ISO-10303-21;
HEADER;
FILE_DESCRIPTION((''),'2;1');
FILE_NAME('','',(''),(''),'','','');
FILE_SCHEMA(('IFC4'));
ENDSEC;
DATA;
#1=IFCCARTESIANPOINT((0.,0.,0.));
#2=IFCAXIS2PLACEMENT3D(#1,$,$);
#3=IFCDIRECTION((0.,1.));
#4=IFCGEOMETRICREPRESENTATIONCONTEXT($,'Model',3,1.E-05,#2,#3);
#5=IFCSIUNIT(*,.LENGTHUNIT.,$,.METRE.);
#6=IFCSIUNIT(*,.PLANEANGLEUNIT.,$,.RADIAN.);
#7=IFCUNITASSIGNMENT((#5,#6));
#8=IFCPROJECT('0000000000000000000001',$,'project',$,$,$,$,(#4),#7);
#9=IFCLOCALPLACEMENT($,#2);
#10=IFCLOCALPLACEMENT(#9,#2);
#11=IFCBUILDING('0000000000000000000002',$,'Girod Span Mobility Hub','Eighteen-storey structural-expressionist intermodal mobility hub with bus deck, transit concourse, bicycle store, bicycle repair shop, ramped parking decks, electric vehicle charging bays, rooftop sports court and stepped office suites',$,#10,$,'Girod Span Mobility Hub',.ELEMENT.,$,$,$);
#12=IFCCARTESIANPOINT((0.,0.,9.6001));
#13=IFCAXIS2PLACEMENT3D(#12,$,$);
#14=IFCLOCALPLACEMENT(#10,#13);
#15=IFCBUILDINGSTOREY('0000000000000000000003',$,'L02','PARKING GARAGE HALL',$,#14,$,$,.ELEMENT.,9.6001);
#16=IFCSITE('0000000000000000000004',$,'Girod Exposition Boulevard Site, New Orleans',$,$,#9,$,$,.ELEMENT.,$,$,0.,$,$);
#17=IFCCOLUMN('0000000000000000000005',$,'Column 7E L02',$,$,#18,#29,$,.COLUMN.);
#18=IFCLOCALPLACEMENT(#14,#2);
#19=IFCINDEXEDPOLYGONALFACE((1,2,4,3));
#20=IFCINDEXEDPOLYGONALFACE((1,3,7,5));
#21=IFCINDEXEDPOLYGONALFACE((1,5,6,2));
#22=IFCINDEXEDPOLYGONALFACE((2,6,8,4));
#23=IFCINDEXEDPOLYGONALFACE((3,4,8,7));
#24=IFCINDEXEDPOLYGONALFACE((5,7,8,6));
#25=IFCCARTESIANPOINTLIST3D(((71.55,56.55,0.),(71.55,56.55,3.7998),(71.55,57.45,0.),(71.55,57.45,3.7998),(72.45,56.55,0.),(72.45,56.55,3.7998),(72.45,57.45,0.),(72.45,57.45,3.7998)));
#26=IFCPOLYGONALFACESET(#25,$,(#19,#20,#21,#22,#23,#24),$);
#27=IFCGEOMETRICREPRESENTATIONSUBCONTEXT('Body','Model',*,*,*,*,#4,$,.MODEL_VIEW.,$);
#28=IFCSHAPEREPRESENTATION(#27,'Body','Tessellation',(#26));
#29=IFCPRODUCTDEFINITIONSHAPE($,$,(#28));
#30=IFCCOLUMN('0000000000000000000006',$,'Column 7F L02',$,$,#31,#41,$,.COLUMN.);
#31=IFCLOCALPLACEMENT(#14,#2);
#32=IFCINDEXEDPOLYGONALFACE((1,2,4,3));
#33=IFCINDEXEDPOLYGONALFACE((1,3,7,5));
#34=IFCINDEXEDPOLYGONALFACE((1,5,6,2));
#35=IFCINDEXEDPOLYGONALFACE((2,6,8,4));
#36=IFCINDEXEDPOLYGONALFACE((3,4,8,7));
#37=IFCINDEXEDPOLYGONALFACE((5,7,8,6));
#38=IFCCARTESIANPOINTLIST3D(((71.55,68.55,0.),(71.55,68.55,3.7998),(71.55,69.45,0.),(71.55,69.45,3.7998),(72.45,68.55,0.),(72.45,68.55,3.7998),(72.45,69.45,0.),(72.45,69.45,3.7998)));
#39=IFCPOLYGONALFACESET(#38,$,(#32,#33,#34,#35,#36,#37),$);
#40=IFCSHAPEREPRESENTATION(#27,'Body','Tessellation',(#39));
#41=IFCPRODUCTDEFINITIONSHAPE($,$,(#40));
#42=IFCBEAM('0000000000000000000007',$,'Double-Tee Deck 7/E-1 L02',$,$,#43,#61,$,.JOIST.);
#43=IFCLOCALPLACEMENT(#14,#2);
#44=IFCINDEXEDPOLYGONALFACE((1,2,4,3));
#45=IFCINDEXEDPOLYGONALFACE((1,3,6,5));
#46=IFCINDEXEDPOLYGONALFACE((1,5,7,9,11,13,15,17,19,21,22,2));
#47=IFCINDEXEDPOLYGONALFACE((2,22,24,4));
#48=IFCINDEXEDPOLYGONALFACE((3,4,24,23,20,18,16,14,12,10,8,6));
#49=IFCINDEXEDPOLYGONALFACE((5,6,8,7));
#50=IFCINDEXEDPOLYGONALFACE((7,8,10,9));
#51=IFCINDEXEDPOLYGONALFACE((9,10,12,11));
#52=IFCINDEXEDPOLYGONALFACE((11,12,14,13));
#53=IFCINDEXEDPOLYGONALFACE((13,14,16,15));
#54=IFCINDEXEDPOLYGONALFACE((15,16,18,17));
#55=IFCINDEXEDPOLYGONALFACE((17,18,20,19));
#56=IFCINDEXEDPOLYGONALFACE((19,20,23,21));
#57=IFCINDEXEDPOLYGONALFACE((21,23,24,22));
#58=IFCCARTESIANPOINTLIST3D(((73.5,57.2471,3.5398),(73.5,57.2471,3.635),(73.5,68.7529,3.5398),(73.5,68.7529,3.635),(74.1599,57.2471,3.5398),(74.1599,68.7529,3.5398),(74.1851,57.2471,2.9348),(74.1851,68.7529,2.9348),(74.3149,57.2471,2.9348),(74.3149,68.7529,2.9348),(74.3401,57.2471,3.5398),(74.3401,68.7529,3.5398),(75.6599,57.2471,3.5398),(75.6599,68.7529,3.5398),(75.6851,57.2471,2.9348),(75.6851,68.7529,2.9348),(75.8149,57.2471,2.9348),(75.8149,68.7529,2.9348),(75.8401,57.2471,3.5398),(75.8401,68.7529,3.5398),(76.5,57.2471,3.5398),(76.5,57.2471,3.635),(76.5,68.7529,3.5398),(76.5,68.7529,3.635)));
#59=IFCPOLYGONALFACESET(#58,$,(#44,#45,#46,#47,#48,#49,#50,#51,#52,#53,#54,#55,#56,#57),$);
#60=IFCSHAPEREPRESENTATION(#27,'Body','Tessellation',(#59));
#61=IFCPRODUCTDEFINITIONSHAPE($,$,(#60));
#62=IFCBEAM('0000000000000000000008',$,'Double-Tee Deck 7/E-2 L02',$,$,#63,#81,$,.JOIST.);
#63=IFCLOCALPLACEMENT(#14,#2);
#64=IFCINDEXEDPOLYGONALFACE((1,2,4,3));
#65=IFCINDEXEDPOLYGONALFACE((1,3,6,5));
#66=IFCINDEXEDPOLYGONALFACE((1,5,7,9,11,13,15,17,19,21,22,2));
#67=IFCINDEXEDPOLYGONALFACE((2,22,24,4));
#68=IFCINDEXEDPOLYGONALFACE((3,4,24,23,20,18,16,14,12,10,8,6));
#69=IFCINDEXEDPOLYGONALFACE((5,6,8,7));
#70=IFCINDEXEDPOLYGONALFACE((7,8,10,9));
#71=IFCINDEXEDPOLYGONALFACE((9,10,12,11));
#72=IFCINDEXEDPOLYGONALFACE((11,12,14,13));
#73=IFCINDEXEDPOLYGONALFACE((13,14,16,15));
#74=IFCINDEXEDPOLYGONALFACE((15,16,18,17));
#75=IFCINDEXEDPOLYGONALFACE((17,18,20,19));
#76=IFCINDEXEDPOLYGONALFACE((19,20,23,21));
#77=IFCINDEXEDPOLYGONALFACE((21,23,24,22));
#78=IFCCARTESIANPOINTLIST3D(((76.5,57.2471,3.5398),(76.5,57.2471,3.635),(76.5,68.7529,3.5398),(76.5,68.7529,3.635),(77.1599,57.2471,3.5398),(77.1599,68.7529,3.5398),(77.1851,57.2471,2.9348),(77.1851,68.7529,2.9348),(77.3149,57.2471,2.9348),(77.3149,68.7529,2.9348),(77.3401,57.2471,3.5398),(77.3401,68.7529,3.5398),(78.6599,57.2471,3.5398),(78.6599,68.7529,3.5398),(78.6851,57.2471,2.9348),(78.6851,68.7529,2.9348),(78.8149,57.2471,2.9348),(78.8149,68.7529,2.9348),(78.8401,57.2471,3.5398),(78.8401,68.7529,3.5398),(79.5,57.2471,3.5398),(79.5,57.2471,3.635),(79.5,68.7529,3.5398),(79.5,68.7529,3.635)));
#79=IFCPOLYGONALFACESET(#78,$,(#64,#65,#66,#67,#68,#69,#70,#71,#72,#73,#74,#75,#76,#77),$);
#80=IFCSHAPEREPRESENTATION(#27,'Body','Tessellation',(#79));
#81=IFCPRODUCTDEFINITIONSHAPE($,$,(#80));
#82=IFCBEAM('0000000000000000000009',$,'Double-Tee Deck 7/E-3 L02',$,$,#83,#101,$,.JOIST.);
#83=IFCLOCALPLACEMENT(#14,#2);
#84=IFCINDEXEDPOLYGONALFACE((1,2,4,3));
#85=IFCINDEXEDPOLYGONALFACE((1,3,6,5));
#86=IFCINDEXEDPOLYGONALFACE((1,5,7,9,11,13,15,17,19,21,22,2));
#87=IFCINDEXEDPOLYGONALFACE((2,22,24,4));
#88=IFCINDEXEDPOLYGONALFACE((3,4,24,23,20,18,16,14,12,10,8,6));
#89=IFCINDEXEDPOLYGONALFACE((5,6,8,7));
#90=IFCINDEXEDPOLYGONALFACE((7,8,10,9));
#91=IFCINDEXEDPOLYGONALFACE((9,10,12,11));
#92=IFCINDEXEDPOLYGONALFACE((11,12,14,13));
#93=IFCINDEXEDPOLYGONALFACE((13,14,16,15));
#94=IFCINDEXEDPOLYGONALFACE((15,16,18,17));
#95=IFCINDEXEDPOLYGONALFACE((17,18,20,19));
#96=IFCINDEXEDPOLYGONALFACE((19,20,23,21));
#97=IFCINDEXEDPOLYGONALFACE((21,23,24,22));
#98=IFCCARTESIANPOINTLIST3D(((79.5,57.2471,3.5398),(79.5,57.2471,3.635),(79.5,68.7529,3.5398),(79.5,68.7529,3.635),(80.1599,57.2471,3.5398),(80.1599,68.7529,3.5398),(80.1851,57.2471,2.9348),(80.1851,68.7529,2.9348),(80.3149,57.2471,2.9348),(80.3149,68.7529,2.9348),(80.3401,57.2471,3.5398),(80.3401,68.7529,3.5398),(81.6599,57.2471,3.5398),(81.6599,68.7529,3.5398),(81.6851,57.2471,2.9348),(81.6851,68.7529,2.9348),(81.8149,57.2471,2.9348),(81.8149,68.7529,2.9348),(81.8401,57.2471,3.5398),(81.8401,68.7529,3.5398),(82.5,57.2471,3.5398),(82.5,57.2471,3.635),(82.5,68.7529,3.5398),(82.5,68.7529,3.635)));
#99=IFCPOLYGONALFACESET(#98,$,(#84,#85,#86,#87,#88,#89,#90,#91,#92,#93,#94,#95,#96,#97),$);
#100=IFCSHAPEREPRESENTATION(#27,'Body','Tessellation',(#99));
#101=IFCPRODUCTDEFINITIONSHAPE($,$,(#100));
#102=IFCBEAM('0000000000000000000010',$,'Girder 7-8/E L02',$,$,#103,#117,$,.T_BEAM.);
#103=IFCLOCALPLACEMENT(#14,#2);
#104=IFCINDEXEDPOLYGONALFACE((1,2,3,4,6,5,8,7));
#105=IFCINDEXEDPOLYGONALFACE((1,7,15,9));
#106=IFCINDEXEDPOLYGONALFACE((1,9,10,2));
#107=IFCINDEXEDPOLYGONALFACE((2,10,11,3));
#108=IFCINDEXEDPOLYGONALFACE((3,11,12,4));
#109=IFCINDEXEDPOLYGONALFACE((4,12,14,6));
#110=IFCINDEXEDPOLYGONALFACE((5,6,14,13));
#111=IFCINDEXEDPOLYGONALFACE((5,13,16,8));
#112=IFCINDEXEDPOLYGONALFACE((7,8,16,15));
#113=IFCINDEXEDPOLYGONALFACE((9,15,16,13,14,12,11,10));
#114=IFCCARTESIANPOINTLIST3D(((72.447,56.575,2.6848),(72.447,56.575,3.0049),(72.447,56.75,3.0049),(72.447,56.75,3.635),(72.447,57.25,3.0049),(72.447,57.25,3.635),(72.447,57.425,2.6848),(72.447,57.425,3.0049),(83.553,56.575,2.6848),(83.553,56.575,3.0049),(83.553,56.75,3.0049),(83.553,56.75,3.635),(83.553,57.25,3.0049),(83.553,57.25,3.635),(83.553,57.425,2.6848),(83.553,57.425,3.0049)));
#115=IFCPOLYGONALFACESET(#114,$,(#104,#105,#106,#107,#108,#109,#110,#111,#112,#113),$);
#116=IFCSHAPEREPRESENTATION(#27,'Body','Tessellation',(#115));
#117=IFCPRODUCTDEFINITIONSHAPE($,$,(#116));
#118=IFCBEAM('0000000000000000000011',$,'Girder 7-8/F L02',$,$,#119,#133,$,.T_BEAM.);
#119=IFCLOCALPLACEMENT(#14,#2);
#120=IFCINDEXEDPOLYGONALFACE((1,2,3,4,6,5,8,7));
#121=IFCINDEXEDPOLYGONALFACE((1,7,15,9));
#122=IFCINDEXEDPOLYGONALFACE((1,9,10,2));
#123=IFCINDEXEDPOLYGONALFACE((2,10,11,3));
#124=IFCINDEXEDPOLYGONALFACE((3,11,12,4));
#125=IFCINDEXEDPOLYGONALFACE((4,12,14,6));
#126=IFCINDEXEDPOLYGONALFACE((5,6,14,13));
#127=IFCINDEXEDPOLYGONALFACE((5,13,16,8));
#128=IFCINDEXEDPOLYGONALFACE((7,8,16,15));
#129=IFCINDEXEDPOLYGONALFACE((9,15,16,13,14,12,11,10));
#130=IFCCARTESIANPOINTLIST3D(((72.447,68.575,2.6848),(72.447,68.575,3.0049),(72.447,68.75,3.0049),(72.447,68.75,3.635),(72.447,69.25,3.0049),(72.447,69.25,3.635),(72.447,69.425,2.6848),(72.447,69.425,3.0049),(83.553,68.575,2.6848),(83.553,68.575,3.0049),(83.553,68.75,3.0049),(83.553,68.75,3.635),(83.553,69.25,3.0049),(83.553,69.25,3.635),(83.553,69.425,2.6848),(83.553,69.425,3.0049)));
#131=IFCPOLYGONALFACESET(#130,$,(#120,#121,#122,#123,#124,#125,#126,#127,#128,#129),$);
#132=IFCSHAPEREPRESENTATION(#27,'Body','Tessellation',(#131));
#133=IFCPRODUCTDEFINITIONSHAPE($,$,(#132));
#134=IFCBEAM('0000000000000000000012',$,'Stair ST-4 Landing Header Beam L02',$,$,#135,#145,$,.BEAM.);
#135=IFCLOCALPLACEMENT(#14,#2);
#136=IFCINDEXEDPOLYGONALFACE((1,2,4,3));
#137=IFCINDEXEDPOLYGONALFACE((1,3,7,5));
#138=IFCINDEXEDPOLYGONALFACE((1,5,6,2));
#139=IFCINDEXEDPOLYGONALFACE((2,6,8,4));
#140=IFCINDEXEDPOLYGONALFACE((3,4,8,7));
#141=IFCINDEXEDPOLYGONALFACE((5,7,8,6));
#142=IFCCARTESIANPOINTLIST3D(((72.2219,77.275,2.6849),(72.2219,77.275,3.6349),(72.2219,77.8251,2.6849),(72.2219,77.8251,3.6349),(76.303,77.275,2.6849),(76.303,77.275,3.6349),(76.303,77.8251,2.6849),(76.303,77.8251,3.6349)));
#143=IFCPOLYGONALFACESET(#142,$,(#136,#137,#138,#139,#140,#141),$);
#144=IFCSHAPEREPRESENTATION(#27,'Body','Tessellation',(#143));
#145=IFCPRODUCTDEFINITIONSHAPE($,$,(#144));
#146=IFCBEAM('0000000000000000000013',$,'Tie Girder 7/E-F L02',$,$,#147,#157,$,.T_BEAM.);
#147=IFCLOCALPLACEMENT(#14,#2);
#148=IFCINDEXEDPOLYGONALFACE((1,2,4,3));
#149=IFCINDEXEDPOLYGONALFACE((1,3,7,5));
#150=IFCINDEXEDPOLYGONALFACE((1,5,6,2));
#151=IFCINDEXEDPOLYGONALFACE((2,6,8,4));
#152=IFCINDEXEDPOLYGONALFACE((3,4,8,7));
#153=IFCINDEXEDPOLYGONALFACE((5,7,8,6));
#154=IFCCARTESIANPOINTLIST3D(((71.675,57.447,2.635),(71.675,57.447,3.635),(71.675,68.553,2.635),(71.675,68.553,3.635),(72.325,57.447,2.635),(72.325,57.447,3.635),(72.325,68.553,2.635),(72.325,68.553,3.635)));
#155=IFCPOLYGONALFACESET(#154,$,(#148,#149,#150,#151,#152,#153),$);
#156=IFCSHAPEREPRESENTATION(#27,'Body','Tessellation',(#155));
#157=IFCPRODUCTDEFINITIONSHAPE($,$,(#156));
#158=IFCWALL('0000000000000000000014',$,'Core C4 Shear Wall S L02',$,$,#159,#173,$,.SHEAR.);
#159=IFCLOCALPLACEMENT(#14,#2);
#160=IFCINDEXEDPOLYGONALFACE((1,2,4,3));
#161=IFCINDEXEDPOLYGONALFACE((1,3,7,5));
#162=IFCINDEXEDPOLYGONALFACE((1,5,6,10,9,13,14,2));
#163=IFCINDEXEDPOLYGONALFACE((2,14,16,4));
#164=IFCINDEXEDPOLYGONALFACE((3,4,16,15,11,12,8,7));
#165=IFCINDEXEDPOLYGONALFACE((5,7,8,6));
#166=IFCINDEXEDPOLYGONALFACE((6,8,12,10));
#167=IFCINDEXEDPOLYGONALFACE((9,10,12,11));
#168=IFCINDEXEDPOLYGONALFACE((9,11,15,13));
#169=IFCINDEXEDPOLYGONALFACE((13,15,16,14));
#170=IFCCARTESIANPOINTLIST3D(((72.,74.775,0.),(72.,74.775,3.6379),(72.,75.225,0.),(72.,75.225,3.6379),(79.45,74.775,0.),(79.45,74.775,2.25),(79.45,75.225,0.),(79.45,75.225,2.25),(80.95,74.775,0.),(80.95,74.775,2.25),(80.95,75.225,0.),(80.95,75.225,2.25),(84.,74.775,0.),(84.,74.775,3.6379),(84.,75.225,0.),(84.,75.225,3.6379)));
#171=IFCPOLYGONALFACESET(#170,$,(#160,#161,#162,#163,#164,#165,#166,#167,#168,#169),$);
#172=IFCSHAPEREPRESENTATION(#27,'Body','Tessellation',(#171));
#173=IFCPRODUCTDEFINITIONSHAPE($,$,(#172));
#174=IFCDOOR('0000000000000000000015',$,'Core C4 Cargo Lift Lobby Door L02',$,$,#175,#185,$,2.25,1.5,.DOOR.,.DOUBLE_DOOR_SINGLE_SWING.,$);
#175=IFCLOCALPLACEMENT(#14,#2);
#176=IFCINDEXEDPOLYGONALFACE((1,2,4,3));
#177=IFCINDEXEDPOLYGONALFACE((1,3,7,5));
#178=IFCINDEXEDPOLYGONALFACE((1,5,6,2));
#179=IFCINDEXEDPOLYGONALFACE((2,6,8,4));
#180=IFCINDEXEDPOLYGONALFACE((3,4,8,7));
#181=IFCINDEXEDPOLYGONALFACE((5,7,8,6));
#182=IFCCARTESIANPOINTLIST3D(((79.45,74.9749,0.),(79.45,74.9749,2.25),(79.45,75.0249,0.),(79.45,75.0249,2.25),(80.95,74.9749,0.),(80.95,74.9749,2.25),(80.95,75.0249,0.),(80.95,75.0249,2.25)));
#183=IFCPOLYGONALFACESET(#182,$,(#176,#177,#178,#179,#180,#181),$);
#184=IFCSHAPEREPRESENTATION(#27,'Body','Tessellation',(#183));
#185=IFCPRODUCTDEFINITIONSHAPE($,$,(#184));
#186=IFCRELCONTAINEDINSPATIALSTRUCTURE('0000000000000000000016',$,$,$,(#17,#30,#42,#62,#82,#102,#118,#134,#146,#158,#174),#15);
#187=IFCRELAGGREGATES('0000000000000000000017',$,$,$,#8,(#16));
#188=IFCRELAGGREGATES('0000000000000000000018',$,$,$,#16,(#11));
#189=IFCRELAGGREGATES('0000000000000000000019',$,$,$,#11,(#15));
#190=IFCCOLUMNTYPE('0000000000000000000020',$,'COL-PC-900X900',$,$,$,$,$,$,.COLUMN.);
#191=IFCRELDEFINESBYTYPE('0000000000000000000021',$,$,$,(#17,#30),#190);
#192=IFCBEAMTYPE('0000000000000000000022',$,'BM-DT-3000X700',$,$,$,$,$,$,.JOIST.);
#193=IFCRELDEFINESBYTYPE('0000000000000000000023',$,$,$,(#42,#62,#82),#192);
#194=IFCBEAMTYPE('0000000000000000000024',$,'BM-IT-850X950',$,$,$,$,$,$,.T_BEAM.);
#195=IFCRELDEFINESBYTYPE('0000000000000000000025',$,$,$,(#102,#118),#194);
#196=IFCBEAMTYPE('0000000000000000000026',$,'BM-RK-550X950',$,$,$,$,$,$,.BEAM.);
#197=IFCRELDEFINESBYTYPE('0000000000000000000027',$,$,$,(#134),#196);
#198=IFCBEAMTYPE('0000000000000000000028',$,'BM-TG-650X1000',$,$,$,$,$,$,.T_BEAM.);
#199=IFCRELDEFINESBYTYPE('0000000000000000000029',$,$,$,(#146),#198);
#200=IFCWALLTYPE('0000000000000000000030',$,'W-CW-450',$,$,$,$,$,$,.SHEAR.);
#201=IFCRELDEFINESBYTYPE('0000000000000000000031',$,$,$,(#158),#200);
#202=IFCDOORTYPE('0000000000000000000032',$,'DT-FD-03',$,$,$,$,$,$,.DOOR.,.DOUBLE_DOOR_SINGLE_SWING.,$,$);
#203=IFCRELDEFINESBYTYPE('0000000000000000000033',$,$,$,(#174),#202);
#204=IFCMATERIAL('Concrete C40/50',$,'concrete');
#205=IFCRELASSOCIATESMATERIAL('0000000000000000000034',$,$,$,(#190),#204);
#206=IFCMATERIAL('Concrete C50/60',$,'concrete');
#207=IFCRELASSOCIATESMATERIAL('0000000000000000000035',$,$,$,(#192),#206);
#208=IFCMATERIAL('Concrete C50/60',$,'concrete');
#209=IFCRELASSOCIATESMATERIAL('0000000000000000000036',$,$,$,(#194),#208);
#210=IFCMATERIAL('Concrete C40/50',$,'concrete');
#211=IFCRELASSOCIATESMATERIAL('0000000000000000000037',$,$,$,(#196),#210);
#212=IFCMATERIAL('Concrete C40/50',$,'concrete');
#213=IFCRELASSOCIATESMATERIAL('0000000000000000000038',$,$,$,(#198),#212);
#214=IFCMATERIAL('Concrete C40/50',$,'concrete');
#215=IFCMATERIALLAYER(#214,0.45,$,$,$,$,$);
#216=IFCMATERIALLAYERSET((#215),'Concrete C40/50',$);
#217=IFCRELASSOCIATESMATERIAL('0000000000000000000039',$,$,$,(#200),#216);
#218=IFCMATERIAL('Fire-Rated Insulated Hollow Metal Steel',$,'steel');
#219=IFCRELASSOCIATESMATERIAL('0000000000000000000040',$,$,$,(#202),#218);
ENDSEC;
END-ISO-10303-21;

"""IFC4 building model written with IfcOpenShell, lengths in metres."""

from ifc_helpers import new_model, si_unit, direction, frame, frame_2d, origin, origin_2d, place, context, subcontext, project, spatial, polyline, rectangle, outline, extrude, material, layer, layer_set, material_profile, profile_set, type_object, element, fill, save


model = new_model("IFC4")

# Units and contexts
model_context = context("Model", 3, precision=1e-05, world=origin(), true_north=direction((0.0, 1.0)))
body_context = subcontext(model_context, "Body", "Model", "MODEL_VIEW")
ifc_project = project(units=[si_unit("LENGTHUNIT", "METRE"), si_unit("PLANEANGLEUNIT", "RADIAN")], contexts=[model_context])

# Site, building, storey
site_placement = place(None, origin())
site = spatial("IfcSite", under=ifc_project, at=site_placement, Name="Girod Exposition Boulevard Site, New Orleans", CompositionType="ELEMENT", RefElevation=0.0)
building_placement = place(site_placement, origin())
building = spatial("IfcBuilding", under=site, at=building_placement, Name="Girod Span Mobility Hub", Description="Eighteen-storey structural-expressionist intermodal mobility hub with bus deck, transit concourse, bicycle store, bicycle repair shop, ramped parking decks, electric vehicle charging bays, rooftop sports court and stepped office suites", LongName="Girod Span Mobility Hub", CompositionType="ELEMENT")
storey_placement = place(building_placement, frame((0.0, 0.0, 9.6001)))
storey = spatial("IfcBuildingStorey", under=building, at=storey_placement, Name="L02", Description="PARKING GARAGE HALL", CompositionType="ELEMENT", Elevation=9.6001)

# Columns
ifc_material_1 = material(Name="Concrete C40/50", Category="concrete")
ifc_material_profile_1 = material_profile(ifc_material_1, rectangle(XDim=0.8999, YDim=0.8999, at=origin_2d()), Name="PC-COL-900X900")
ifc_profile_set_1 = profile_set([ifc_material_profile_1], Name="Concrete C40/50")
column_type = type_object("IfcColumnType", Name="COL-PC-900X900", PredefinedType="COLUMN", material=ifc_profile_set_1)
for number, where, z_axis, x_axis, name in (
    (1, (72.0, 57.0, 0.0), (0.0, 0.0, 1.0), (1.0, 0.0, 0.0), "Column 7E L02"),
    (2, (72.0, 69.0, 0.0), (0.0, 0.0, 1.0), (1.0, 0.0, 0.0), "Column 7F L02"),
):
    element("IfcColumn", number, at=place(storey_placement, frame(where, z_axis=z_axis, x_axis=x_axis)), inside=storey, type_object=column_type, Name=name, PredefinedType="COLUMN", context=body_context, shape_type="SweptSolid", body=[
        extrude(rectangle(XDim=0.8999, YDim=0.8999, at=origin_2d()), origin(), (0.0, 0.0, 1.0), 3.7998),
    ])

# Beams
ifc_material_2 = material(Name="Concrete C50/60", Category="concrete")
ifc_material_profile_2 = material_profile(ifc_material_2, outline(polyline([(-1.5, 0.3501), (-1.5, 0.2549), (-0.8401, 0.2549), (-0.8149, -0.3501), (-0.6851, -0.3501), (-0.6599, 0.2549), (0.6599, 0.2549), (0.6851, -0.3501), (0.8149, -0.3501), (0.8401, 0.2549), (1.5, 0.2549), (1.5, 0.3501), (-1.5, 0.3501)])), Name="DT-3000X700")
ifc_profile_set_2 = profile_set([ifc_material_profile_2], Name="Concrete C50/60")
beam_type_1 = type_object("IfcBeamType", Name="BM-DT-3000X700", PredefinedType="JOIST", material=ifc_profile_set_2)
for number, where, z_axis, x_axis, name in (
    (3, (75.0, 57.2471, 3.2849), (0.0, 1.0, 0.0), (-1.0, 0.0, 0.0), "Double-Tee Deck 7/E-1 L02"),
    (4, (78.0, 57.2471, 3.2849), (0.0, 1.0, 0.0), (-1.0, 0.0, 0.0), "Double-Tee Deck 7/E-2 L02"),
    (5, (81.0, 57.2471, 3.2849), (0.0, 1.0, 0.0), (-1.0, 0.0, 0.0), "Double-Tee Deck 7/E-3 L02"),
):
    element("IfcBeam", number, at=place(storey_placement, frame(where, z_axis=z_axis, x_axis=x_axis)), inside=storey, type_object=beam_type_1, Name=name, PredefinedType="JOIST", context=body_context, shape_type="SweptSolid", body=[
        extrude(outline(polyline([(-1.5, 0.3501), (-1.5, 0.2549), (-0.8401, 0.2549), (-0.8149, -0.3501), (-0.6851, -0.3501), (-0.6599, 0.2549), (0.6599, 0.2549), (0.6851, -0.3501), (0.8149, -0.3501), (0.8401, 0.2549), (1.5, 0.2549), (1.5, 0.3501), (-1.5, 0.3501)])), origin(), (0.0, 0.0, 1.0), 11.5059),
    ])
ifc_material_3 = material(Name="Concrete C50/60", Category="concrete")
ifc_material_profile_3 = material_profile(ifc_material_3, outline(polyline([(-0.425, -0.4751), (0.425, -0.4751), (0.425, -0.155), (0.25, -0.155), (0.25, 0.4751), (-0.25, 0.4751), (-0.25, -0.155), (-0.425, -0.155), (-0.425, -0.4751)])), Name="IT-850X950")
ifc_profile_set_3 = profile_set([ifc_material_profile_3], Name="Concrete C50/60")
beam_type_2 = type_object("IfcBeamType", Name="BM-IT-850X950", PredefinedType="T_BEAM", material=ifc_profile_set_3)
for number, where, z_axis, x_axis, name in (
    (6, (72.447, 57.0, 3.1599), (1.0, 0.0, 0.0), (0.0, 1.0, 0.0), "Girder 7-8/E L02"),
    (7, (72.447, 69.0, 3.1599), (1.0, 0.0, 0.0), (0.0, 1.0, 0.0), "Girder 7-8/F L02"),
):
    element("IfcBeam", number, at=place(storey_placement, frame(where, z_axis=z_axis, x_axis=x_axis)), inside=storey, type_object=beam_type_2, Name=name, PredefinedType="T_BEAM", context=body_context, shape_type="SweptSolid", body=[
        extrude(outline(polyline([(-0.425, -0.4751), (0.425, -0.4751), (0.425, -0.155), (0.25, -0.155), (0.25, 0.4751), (-0.25, 0.4751), (-0.25, -0.155), (-0.425, -0.155), (-0.425, -0.4751)])), origin(), (0.0, 0.0, 1.0), 11.106),
    ])
ifc_material_4 = material(Name="Concrete C40/50", Category="concrete")
ifc_material_profile_4 = material_profile(ifc_material_4, rectangle(XDim=0.55, YDim=0.95, at=origin_2d()), Name="RK-550X950")
ifc_profile_set_4 = profile_set([ifc_material_profile_4], Name="Concrete C40/50")
beam_type_3 = type_object("IfcBeamType", Name="BM-RK-550X950", PredefinedType="BEAM", material=ifc_profile_set_4)
beam_1_placement = place(storey_placement, frame((72.2219, 77.55, 3.1599), z_axis=(1.0, 0.0, 0.0), x_axis=(0.0, 1.0, 0.0)))
element("IfcBeam", 8, at=beam_1_placement, inside=storey, type_object=beam_type_3, Name="Stair ST-4 Landing Header Beam L02", PredefinedType="BEAM", context=body_context, shape_type="SweptSolid", body=[
    extrude(rectangle(XDim=0.55, YDim=0.95, at=origin_2d()), origin(), (0.0, 0.0, 1.0), 4.0811),
])
ifc_material_5 = material(Name="Concrete C40/50", Category="concrete")
ifc_material_profile_5 = material_profile(ifc_material_5, rectangle(XDim=0.6499, YDim=1.0, at=origin_2d()), Name="TG-650X1000")
ifc_profile_set_5 = profile_set([ifc_material_profile_5], Name="Concrete C40/50")
beam_type_4 = type_object("IfcBeamType", Name="BM-TG-650X1000", PredefinedType="T_BEAM", material=ifc_profile_set_5)
beam_2_placement = place(storey_placement, frame((72.0, 57.447, 3.135), z_axis=(0.0, 1.0, 0.0), x_axis=(-1.0, 0.0, 0.0)))
element("IfcBeam", 9, at=beam_2_placement, inside=storey, type_object=beam_type_4, Name="Tie Girder 7/E-F L02", PredefinedType="T_BEAM", context=body_context, shape_type="SweptSolid", body=[
    extrude(rectangle(XDim=0.6499, YDim=1.0, at=origin_2d()), origin(), (0.0, 0.0, 1.0), 11.106),
])

# Wall, opening, door
ifc_material_6 = material(Name="Concrete C40/50", Category="concrete")
ifc_layer_1 = layer(ifc_material_6, 0.45)
ifc_layer_set_1 = layer_set([ifc_layer_1], Name="Concrete C40/50")
wall_type_1 = type_object("IfcWallType", Name="W-CW-450", PredefinedType="SHEAR", material=ifc_layer_set_1)
wall_1_placement = place(storey_placement, frame((72.0, 75.0, 0.0), z_axis=(0.0, 0.0, 1.0), x_axis=(1.0, 0.0, 0.0)))
wall_1 = element("IfcWall", 10, at=wall_1_placement, inside=storey, type_object=wall_type_1, Name="Core C4 Shear Wall S L02", PredefinedType="SHEAR", context=body_context, shape_type="SweptSolid", body=[
    extrude(rectangle(XDim=12.0, YDim=0.45, at=frame_2d((6.0, 0.0))), origin(), (0.0, 0.0, 1.0), 3.6379),
])
opening_1_placement = place(wall_1_placement, frame((7.45, 0.0, 0.0)))
opening_1 = element("IfcOpeningElement", 11, at=opening_1_placement, cuts=wall_1, PredefinedType="OPENING", context=body_context, shape_type="SweptSolid", body=[
    extrude(rectangle(XDim=1.5, YDim=2.25, at=frame_2d((0.75, 1.125))), frame((0.0, 0.24, 0.0), z_axis=(0.0, -1.0, 0.0), x_axis=(1.0, 0.0, 0.0)), (0.0, 0.0, 1.0), 0.48),
])
ifc_material_7 = material(Name="Fire-Rated Insulated Hollow Metal Steel", Category="steel")
door_type_1 = type_object("IfcDoorType", Name="DT-FD-03", OperationType="DOUBLE_DOOR_SINGLE_SWING", PredefinedType="DOOR", material=ifc_material_7)
door_1_placement = place(opening_1_placement, origin())
door_1 = element("IfcDoor", 12, at=door_1_placement, inside=storey, type_object=door_type_1, Name="Core C4 Cargo Lift Lobby Door L02", OperationType="DOUBLE_DOOR_SINGLE_SWING", OverallHeight=2.25, OverallWidth=1.5, PredefinedType="DOOR", context=body_context, shape_type="SweptSolid", body=[
    extrude(rectangle(XDim=1.5, YDim=2.25, at=frame_2d((0.75, 1.125))), frame((0.0, 0.0249, 0.0), z_axis=(0.0, -1.0, 0.0), x_axis=(1.0, 0.0, 0.0)), (0.0, 0.0, 1.0), 0.05),
])
fill(opening_1, door_1)

save(model, "model.ifc")
